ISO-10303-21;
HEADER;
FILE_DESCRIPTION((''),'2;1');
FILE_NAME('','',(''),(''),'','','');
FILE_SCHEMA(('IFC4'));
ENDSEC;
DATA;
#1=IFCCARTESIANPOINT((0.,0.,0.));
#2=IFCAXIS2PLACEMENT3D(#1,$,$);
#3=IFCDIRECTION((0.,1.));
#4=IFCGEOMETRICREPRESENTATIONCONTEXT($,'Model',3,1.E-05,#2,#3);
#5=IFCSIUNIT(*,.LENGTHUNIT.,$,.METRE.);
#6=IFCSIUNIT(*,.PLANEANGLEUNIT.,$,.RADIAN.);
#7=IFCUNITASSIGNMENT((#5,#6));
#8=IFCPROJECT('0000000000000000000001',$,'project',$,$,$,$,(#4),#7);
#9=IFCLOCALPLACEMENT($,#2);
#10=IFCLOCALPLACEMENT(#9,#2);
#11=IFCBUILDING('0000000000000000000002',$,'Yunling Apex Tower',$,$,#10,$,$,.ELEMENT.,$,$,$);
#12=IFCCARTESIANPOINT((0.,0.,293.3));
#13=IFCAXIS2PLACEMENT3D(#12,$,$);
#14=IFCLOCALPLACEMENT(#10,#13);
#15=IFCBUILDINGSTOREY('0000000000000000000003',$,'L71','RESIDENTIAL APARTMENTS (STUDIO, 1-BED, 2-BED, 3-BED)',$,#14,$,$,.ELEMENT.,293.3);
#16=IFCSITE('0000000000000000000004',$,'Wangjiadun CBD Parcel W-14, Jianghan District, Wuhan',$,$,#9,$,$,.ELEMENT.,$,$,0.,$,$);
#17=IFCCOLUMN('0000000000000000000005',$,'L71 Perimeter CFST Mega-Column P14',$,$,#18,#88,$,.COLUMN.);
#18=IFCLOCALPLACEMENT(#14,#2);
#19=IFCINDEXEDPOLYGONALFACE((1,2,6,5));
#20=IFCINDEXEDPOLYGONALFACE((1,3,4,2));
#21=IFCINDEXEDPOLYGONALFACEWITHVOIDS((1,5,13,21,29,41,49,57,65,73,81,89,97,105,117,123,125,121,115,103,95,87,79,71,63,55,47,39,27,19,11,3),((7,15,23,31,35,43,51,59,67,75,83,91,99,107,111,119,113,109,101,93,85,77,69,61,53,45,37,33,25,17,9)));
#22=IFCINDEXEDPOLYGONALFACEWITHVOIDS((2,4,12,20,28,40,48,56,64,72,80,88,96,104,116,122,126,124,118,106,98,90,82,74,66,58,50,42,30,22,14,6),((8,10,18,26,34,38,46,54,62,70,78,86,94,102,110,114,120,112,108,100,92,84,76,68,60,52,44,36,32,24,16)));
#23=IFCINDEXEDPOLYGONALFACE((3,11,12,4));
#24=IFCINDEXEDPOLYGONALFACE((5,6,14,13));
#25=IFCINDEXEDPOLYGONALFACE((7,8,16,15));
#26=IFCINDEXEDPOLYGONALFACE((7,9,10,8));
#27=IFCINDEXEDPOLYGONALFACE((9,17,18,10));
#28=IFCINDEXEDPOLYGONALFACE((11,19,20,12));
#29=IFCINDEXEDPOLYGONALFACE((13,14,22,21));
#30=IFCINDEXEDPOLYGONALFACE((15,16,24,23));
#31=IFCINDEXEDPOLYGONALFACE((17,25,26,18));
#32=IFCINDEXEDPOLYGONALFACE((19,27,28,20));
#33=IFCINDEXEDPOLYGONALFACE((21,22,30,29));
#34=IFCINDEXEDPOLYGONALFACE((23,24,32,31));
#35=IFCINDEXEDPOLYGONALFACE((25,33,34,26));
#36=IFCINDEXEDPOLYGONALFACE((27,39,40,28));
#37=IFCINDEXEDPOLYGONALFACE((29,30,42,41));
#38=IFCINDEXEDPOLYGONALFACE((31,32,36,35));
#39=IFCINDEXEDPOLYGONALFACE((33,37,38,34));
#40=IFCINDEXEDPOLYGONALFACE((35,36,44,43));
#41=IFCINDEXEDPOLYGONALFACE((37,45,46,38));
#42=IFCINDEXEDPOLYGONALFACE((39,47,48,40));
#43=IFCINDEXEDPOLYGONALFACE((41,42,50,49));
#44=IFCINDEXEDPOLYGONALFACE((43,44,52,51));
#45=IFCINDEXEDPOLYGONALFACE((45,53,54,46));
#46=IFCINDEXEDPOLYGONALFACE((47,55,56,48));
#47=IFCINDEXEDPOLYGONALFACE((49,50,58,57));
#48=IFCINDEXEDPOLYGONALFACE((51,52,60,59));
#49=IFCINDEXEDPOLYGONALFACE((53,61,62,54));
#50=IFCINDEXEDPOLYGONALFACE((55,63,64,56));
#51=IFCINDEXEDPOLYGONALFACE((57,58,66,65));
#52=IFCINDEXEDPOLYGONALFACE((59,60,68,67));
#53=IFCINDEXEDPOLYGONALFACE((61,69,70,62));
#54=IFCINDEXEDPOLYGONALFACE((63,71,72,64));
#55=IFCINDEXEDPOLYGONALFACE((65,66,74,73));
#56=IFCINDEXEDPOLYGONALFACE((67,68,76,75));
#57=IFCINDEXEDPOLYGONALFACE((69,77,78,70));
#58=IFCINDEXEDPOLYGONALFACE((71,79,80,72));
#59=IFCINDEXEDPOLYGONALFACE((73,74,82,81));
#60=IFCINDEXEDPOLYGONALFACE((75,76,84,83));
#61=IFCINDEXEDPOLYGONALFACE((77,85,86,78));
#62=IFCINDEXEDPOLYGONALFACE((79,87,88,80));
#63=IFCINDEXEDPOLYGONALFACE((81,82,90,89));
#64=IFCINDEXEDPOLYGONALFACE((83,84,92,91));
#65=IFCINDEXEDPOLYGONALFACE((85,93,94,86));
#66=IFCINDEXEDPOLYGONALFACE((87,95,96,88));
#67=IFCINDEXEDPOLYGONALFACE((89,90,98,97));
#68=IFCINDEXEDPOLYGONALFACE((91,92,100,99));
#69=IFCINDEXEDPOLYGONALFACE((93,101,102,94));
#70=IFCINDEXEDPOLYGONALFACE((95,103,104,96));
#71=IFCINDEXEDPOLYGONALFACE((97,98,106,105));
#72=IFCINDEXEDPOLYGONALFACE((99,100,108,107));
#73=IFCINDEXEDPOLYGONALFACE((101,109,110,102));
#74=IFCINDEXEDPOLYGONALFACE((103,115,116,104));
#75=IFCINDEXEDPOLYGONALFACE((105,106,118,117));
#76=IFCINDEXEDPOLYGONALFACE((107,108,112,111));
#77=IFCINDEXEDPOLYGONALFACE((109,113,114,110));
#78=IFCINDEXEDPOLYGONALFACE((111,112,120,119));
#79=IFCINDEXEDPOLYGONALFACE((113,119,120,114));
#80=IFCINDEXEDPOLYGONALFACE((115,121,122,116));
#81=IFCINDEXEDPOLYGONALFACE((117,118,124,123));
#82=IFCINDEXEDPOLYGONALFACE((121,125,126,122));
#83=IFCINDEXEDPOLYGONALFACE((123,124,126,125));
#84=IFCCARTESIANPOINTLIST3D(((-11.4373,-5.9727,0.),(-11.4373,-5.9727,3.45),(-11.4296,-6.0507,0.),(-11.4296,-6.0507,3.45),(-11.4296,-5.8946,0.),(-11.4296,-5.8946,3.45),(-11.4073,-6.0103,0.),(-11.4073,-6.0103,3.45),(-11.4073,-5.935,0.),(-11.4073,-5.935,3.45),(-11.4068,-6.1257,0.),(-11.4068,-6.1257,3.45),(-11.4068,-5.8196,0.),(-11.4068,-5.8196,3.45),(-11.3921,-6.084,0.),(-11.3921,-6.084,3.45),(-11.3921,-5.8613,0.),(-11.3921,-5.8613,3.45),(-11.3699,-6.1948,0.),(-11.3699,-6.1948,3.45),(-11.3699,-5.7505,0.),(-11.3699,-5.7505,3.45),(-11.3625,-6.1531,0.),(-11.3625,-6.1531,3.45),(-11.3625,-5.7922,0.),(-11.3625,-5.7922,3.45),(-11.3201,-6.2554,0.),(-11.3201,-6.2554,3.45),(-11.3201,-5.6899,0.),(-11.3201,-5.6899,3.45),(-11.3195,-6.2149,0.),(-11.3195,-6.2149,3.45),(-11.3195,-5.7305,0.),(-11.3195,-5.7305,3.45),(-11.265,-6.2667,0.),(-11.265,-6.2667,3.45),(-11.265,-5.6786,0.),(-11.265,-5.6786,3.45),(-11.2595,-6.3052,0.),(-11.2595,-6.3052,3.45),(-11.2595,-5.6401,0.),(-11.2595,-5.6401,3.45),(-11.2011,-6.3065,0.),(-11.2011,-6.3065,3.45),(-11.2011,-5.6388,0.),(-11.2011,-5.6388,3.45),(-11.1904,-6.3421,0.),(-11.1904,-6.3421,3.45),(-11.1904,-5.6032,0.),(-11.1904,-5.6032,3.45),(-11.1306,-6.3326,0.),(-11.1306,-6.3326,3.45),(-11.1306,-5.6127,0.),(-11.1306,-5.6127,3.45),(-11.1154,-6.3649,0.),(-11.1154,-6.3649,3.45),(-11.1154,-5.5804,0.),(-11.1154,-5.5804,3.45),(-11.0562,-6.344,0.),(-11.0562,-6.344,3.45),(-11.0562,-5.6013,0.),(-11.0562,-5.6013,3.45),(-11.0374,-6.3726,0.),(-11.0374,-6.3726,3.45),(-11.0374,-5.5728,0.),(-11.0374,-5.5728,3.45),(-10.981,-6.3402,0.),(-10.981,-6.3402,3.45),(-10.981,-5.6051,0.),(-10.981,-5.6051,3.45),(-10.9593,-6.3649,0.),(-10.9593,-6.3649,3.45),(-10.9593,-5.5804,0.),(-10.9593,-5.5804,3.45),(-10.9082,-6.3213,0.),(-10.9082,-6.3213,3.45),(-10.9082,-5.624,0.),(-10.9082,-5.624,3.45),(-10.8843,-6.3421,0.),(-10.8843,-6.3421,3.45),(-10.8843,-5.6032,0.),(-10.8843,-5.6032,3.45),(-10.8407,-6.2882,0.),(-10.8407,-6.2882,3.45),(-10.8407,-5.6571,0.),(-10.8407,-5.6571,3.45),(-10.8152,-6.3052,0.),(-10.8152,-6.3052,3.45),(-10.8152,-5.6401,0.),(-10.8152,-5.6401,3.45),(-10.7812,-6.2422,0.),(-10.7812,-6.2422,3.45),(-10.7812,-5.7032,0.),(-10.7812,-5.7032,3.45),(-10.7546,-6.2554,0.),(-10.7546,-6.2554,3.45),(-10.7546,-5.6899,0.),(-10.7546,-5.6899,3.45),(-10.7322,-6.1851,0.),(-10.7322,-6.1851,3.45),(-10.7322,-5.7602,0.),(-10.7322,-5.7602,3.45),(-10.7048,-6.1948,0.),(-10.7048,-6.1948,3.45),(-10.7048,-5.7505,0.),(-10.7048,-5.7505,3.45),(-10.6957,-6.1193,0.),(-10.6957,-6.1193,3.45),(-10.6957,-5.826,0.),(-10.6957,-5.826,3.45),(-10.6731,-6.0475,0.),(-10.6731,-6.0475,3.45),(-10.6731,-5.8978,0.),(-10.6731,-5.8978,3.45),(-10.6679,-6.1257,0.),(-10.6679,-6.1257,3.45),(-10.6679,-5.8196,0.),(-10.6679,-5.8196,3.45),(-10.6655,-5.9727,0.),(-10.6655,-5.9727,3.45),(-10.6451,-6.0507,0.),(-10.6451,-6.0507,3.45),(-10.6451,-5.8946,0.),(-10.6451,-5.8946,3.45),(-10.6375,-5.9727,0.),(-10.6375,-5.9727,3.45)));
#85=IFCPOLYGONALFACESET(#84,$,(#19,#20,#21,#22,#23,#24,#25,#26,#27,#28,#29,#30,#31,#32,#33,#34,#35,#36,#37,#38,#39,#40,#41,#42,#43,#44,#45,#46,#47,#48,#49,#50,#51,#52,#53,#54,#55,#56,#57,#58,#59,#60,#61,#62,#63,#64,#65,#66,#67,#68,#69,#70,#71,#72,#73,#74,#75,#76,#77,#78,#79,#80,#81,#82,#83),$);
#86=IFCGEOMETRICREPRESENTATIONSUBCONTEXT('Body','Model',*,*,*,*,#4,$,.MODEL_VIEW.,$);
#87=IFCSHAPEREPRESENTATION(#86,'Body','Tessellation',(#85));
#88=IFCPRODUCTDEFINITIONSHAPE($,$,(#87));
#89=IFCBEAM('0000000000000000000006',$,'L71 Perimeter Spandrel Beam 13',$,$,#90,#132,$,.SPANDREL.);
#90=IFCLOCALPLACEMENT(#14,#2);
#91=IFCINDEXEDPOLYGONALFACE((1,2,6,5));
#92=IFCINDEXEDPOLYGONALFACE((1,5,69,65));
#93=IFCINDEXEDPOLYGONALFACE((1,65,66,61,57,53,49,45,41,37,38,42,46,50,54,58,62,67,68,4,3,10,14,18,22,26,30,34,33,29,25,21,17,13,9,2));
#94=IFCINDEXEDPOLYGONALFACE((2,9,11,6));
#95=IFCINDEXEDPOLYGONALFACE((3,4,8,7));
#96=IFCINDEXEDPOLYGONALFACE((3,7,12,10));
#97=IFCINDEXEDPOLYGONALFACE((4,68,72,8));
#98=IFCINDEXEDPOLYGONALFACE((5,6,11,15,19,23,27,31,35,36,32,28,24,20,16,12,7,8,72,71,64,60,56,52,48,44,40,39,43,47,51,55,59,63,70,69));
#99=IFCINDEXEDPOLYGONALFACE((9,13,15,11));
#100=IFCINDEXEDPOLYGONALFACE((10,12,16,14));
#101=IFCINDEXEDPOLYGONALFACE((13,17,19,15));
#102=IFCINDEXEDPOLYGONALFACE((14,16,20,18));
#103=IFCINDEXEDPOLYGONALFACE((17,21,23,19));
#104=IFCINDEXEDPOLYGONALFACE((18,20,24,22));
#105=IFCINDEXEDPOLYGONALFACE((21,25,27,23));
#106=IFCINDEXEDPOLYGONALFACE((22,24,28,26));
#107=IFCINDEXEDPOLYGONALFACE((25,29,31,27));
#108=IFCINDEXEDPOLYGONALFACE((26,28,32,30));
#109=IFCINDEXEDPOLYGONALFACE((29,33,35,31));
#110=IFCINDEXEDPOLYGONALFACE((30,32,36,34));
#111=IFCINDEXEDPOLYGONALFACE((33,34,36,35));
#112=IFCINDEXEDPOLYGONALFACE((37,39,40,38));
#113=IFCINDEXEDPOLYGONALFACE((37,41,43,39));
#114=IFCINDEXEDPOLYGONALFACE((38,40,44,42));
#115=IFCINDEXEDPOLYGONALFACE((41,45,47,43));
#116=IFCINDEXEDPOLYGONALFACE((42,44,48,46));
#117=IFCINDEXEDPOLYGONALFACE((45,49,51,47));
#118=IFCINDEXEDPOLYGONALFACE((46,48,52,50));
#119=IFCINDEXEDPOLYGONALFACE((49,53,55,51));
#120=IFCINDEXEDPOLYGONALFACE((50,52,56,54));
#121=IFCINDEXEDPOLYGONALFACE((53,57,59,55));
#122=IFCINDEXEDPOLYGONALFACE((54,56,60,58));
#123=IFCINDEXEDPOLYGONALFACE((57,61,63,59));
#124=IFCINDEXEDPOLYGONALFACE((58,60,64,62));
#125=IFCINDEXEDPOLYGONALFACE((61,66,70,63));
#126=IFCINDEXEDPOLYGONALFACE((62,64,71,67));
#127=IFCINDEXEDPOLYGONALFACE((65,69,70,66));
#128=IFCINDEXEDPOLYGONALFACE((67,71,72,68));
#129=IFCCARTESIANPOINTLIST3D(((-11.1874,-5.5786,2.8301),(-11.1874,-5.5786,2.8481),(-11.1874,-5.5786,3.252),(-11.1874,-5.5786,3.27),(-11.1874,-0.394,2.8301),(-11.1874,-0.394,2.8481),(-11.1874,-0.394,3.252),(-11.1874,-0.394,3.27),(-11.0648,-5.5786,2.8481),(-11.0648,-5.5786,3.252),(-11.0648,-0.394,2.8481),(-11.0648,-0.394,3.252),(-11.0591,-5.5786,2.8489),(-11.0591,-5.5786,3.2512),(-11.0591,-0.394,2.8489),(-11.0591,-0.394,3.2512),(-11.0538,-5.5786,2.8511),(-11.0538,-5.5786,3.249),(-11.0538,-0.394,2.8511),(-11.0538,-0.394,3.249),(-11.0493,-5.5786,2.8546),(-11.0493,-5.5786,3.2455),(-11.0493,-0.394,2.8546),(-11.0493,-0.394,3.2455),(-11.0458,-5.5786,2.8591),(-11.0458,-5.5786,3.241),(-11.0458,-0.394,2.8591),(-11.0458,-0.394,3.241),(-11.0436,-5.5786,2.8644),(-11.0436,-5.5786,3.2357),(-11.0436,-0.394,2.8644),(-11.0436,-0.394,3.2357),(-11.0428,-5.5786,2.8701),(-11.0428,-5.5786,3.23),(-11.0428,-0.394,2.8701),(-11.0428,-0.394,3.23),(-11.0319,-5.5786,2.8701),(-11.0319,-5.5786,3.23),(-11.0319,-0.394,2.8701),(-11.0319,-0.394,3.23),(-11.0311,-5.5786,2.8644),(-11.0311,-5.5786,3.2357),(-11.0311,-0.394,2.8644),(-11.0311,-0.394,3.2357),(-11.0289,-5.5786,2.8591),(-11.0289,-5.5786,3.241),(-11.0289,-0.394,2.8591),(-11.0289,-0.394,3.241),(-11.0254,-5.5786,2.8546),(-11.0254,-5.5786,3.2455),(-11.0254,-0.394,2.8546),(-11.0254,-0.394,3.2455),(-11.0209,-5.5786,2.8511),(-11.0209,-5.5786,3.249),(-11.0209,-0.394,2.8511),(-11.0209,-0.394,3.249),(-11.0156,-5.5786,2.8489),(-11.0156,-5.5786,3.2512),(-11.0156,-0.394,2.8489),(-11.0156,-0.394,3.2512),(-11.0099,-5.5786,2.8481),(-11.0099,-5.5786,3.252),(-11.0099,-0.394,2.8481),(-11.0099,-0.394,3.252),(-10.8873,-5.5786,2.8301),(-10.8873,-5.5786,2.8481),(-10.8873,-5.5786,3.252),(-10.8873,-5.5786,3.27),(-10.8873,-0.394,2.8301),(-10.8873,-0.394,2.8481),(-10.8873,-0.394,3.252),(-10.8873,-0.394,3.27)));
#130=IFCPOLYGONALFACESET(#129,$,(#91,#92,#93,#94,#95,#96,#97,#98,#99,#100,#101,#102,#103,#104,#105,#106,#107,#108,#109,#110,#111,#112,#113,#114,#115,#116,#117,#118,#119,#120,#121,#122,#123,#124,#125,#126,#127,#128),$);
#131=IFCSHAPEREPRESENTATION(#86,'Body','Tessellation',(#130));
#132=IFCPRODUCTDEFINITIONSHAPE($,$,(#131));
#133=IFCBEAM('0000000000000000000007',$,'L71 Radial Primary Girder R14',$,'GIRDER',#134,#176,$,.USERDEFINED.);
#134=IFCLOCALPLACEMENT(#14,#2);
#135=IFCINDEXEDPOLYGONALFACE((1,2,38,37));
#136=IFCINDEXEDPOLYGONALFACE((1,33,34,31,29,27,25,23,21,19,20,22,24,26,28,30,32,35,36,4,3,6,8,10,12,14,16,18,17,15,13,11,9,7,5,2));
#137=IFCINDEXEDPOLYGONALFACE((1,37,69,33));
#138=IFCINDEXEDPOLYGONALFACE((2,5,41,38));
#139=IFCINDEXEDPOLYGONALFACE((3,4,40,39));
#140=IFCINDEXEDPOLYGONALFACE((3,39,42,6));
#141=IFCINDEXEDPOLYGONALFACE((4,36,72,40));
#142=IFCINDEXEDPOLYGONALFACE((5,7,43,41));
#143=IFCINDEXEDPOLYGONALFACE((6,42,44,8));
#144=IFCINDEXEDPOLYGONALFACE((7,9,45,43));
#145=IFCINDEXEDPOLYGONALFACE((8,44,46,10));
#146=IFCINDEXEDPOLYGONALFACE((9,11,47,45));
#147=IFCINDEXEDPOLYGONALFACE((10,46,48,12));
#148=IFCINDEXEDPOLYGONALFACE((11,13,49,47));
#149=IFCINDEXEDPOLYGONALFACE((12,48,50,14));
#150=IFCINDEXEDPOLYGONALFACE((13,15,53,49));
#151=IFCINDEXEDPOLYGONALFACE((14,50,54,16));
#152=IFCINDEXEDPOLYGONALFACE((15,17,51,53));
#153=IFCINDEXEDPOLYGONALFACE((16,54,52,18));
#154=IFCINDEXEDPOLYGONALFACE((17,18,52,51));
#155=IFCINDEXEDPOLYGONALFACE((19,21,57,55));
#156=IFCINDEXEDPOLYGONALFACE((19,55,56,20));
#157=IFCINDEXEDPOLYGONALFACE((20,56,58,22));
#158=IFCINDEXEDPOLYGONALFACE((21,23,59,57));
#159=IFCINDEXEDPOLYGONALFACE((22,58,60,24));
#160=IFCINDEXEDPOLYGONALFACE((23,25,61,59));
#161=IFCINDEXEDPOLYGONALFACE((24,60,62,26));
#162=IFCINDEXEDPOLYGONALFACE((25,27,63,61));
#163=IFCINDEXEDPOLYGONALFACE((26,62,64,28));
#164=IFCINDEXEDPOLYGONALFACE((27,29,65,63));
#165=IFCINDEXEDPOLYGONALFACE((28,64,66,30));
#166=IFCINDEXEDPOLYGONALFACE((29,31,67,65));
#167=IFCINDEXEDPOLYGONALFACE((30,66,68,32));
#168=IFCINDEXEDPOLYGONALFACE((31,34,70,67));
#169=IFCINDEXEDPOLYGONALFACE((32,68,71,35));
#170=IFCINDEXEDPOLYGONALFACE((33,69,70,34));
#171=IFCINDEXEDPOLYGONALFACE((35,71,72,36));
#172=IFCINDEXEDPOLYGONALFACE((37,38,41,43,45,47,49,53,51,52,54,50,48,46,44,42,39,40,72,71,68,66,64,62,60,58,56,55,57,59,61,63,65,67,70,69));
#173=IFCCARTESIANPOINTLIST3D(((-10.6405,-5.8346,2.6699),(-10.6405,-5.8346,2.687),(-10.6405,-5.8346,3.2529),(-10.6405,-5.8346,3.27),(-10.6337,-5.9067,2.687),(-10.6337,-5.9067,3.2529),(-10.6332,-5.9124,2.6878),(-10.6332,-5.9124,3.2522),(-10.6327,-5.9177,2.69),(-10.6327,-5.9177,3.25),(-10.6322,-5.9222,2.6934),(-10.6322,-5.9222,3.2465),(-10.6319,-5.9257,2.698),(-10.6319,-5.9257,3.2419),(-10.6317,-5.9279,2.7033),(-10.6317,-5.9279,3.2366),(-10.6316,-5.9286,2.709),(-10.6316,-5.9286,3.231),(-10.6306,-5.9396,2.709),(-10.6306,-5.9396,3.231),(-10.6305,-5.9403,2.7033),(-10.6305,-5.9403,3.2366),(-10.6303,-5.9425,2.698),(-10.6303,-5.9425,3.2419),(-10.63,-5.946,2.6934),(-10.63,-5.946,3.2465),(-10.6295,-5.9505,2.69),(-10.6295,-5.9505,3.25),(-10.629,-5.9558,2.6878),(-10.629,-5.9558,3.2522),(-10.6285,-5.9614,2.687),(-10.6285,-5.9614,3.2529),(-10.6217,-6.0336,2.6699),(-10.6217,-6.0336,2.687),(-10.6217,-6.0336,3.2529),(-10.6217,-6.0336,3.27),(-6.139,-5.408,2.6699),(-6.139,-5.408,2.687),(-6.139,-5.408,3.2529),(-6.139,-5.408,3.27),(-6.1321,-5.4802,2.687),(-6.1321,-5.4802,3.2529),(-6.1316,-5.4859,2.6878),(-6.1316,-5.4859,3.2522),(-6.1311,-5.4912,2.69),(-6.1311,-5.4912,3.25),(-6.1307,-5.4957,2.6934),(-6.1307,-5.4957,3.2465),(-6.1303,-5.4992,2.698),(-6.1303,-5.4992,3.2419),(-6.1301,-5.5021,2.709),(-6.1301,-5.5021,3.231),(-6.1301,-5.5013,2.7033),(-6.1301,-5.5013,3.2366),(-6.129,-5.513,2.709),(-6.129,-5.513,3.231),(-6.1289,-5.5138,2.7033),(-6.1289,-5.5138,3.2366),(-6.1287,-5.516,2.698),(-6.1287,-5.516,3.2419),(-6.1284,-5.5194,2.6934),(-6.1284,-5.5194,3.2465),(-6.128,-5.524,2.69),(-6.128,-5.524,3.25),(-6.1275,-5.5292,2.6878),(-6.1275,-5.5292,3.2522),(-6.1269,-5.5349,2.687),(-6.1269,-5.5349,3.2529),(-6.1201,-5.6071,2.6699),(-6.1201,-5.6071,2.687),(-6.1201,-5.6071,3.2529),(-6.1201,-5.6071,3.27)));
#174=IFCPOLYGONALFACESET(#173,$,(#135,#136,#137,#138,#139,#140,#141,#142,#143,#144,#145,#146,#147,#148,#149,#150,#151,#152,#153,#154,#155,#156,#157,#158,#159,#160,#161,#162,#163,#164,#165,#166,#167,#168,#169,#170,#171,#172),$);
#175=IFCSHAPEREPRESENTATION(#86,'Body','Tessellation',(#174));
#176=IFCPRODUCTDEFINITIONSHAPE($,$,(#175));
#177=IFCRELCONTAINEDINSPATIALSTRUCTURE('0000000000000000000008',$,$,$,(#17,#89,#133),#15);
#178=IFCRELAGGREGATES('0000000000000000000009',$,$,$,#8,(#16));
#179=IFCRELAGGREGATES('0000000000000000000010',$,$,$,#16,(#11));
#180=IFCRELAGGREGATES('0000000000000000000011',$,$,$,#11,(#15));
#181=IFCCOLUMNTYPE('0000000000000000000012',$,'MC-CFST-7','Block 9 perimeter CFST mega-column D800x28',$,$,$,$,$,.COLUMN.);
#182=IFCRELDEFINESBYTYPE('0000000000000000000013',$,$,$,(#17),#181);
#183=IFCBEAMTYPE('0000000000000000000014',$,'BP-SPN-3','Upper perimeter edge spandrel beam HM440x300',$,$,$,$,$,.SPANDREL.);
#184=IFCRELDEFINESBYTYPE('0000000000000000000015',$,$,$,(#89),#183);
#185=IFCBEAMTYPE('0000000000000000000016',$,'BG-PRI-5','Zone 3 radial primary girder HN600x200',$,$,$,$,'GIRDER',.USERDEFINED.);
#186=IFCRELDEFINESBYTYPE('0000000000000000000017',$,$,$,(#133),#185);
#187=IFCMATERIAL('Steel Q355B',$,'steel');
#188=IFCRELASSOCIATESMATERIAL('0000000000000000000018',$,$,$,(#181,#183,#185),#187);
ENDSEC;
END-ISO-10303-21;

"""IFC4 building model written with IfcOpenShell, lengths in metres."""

from ifc_helpers import new_model, si_unit, direction, frame, origin, origin_2d, place, context, subcontext, project, spatial, hollow_circle, i_section, extrude, source, transform, mapped, material, material_profile, profile_set, type_object, element, save


model = new_model("IFC4")

# Units and contexts
model_context = context("Model", 3, precision=1e-05, world=origin(), true_north=direction((0.0, 1.0)))
body_context = subcontext(model_context, "Body", "Model", "MODEL_VIEW")
ifc_project = project(units=[si_unit("LENGTHUNIT", "METRE"), si_unit("PLANEANGLEUNIT", "RADIAN")], contexts=[model_context])

# Site, building, storey
site_placement = place(None, origin())
site = spatial("IfcSite", under=ifc_project, at=site_placement, Name="Wangjiadun CBD Parcel W-14, Jianghan District, Wuhan", CompositionType="ELEMENT", RefElevation=0.0)
building_placement = place(site_placement, origin())
building = spatial("IfcBuilding", under=site, at=building_placement, Name="Yunling Apex Tower", CompositionType="ELEMENT")
storey_placement = place(building_placement, frame((0.0, 0.0, 293.3)))
storey = spatial("IfcBuildingStorey", under=building, at=storey_placement, Name="L71", Description="RESIDENTIAL APARTMENTS (STUDIO, 1-BED, 2-BED, 3-BED)", CompositionType="ELEMENT", Elevation=293.3)

# Column
ifc_material_1 = material(Name="Steel Q355B", Category="steel")
ifc_material_profile_1 = material_profile(ifc_material_1, hollow_circle(Radius=0.3999, WallThickness=0.0281, at=origin_2d()))
ifc_profile_set_1 = profile_set([ifc_material_profile_1], Name="Steel Q355B")
column_type = type_object("IfcColumnType", Name="MC-CFST-7", Description="Block 9 perimeter CFST mega-column D800x28", PredefinedType="COLUMN", material=ifc_profile_set_1)
shared_shape_1 = source(origin(), body_context, "Body", "SweptSolid", [
    extrude(hollow_circle(Radius=0.3999, WallThickness=0.0281, at=origin_2d()), origin(), (0.0, 0.0, 1.0), 3.45),
])
column_placement = place(storey_placement, frame((-11.0374, -5.9727, 0.0), z_axis=(0.0, 0.0, 1.0), x_axis=(1.0, 0.0, 0.0)))
element("IfcColumn", 1, at=column_placement, inside=storey, type_object=column_type, Name="L71 Perimeter CFST Mega-Column P14", PredefinedType="COLUMN", context=body_context, shape_type="MappedRepresentation", body=[
    mapped(shared_shape_1, transform((0.0, 0.0, 0.0), scale=1.0)),
])

# Beams
ifc_material_profile_2 = material_profile(ifc_material_1, i_section(OverallWidth=0.3, OverallDepth=0.4399, WebThickness=0.011, FlangeThickness=0.0181, FilletRadius=0.022, at=origin_2d()))
ifc_profile_set_2 = profile_set([ifc_material_profile_2], Name="Steel Q355B")
beam_type_1 = type_object("IfcBeamType", Name="BP-SPN-3", Description="Upper perimeter edge spandrel beam HM440x300", PredefinedType="SPANDREL", material=ifc_profile_set_2)
shared_shape_2 = source(origin(), body_context, "Body", "SweptSolid", [
    extrude(i_section(OverallWidth=0.3, OverallDepth=0.4399, WebThickness=0.011, FlangeThickness=0.0181, FilletRadius=0.022, at=origin_2d()), origin(), (0.0, 0.0, 1.0), 5.1846),
])
beam_1_placement = place(storey_placement, frame((-11.0374, -0.394, 3.05), z_axis=(0.0, -1.0, 0.0), x_axis=(1.0, 0.0, 0.0)))
element("IfcBeam", 2, at=beam_1_placement, inside=storey, type_object=beam_type_1, Name="L71 Perimeter Spandrel Beam 13", PredefinedType="SPANDREL", context=body_context, shape_type="MappedRepresentation", body=[
    mapped(shared_shape_2, transform((0.0, 0.0, 0.0), scale=1.0)),
])
ifc_material_profile_3 = material_profile(ifc_material_1, i_section(OverallWidth=0.2, OverallDepth=0.6001, WebThickness=0.011, FlangeThickness=0.0171, FilletRadius=0.022, at=origin_2d()))
ifc_profile_set_3 = profile_set([ifc_material_profile_3], Name="Steel Q355B")
beam_type_2 = type_object("IfcBeamType", Name="BG-PRI-5", Description="Zone 3 radial primary girder HN600x200", ElementType="GIRDER", PredefinedType="USERDEFINED", material=ifc_profile_set_3)
shared_shape_3 = source(origin(), body_context, "Body", "SweptSolid", [
    extrude(i_section(OverallWidth=0.2, OverallDepth=0.6001, WebThickness=0.011, FlangeThickness=0.0171, FilletRadius=0.022, at=origin_2d()), origin(), (0.0, 0.0, 1.0), 4.5217),
])
beam_2_placement = place(storey_placement, frame((-10.6311, -5.9341, 2.97), z_axis=(0.995541, 0.094328, 0.0), x_axis=(-0.094328, 0.995541, 0.0)))
element("IfcBeam", 3, at=beam_2_placement, inside=storey, type_object=beam_type_2, Name="L71 Radial Primary Girder R14", ObjectType="GIRDER", PredefinedType="USERDEFINED", context=body_context, shape_type="MappedRepresentation", body=[
    mapped(shared_shape_3, transform((0.0, 0.0, 0.0), scale=1.0)),
])

save(model, "model.ifc")
